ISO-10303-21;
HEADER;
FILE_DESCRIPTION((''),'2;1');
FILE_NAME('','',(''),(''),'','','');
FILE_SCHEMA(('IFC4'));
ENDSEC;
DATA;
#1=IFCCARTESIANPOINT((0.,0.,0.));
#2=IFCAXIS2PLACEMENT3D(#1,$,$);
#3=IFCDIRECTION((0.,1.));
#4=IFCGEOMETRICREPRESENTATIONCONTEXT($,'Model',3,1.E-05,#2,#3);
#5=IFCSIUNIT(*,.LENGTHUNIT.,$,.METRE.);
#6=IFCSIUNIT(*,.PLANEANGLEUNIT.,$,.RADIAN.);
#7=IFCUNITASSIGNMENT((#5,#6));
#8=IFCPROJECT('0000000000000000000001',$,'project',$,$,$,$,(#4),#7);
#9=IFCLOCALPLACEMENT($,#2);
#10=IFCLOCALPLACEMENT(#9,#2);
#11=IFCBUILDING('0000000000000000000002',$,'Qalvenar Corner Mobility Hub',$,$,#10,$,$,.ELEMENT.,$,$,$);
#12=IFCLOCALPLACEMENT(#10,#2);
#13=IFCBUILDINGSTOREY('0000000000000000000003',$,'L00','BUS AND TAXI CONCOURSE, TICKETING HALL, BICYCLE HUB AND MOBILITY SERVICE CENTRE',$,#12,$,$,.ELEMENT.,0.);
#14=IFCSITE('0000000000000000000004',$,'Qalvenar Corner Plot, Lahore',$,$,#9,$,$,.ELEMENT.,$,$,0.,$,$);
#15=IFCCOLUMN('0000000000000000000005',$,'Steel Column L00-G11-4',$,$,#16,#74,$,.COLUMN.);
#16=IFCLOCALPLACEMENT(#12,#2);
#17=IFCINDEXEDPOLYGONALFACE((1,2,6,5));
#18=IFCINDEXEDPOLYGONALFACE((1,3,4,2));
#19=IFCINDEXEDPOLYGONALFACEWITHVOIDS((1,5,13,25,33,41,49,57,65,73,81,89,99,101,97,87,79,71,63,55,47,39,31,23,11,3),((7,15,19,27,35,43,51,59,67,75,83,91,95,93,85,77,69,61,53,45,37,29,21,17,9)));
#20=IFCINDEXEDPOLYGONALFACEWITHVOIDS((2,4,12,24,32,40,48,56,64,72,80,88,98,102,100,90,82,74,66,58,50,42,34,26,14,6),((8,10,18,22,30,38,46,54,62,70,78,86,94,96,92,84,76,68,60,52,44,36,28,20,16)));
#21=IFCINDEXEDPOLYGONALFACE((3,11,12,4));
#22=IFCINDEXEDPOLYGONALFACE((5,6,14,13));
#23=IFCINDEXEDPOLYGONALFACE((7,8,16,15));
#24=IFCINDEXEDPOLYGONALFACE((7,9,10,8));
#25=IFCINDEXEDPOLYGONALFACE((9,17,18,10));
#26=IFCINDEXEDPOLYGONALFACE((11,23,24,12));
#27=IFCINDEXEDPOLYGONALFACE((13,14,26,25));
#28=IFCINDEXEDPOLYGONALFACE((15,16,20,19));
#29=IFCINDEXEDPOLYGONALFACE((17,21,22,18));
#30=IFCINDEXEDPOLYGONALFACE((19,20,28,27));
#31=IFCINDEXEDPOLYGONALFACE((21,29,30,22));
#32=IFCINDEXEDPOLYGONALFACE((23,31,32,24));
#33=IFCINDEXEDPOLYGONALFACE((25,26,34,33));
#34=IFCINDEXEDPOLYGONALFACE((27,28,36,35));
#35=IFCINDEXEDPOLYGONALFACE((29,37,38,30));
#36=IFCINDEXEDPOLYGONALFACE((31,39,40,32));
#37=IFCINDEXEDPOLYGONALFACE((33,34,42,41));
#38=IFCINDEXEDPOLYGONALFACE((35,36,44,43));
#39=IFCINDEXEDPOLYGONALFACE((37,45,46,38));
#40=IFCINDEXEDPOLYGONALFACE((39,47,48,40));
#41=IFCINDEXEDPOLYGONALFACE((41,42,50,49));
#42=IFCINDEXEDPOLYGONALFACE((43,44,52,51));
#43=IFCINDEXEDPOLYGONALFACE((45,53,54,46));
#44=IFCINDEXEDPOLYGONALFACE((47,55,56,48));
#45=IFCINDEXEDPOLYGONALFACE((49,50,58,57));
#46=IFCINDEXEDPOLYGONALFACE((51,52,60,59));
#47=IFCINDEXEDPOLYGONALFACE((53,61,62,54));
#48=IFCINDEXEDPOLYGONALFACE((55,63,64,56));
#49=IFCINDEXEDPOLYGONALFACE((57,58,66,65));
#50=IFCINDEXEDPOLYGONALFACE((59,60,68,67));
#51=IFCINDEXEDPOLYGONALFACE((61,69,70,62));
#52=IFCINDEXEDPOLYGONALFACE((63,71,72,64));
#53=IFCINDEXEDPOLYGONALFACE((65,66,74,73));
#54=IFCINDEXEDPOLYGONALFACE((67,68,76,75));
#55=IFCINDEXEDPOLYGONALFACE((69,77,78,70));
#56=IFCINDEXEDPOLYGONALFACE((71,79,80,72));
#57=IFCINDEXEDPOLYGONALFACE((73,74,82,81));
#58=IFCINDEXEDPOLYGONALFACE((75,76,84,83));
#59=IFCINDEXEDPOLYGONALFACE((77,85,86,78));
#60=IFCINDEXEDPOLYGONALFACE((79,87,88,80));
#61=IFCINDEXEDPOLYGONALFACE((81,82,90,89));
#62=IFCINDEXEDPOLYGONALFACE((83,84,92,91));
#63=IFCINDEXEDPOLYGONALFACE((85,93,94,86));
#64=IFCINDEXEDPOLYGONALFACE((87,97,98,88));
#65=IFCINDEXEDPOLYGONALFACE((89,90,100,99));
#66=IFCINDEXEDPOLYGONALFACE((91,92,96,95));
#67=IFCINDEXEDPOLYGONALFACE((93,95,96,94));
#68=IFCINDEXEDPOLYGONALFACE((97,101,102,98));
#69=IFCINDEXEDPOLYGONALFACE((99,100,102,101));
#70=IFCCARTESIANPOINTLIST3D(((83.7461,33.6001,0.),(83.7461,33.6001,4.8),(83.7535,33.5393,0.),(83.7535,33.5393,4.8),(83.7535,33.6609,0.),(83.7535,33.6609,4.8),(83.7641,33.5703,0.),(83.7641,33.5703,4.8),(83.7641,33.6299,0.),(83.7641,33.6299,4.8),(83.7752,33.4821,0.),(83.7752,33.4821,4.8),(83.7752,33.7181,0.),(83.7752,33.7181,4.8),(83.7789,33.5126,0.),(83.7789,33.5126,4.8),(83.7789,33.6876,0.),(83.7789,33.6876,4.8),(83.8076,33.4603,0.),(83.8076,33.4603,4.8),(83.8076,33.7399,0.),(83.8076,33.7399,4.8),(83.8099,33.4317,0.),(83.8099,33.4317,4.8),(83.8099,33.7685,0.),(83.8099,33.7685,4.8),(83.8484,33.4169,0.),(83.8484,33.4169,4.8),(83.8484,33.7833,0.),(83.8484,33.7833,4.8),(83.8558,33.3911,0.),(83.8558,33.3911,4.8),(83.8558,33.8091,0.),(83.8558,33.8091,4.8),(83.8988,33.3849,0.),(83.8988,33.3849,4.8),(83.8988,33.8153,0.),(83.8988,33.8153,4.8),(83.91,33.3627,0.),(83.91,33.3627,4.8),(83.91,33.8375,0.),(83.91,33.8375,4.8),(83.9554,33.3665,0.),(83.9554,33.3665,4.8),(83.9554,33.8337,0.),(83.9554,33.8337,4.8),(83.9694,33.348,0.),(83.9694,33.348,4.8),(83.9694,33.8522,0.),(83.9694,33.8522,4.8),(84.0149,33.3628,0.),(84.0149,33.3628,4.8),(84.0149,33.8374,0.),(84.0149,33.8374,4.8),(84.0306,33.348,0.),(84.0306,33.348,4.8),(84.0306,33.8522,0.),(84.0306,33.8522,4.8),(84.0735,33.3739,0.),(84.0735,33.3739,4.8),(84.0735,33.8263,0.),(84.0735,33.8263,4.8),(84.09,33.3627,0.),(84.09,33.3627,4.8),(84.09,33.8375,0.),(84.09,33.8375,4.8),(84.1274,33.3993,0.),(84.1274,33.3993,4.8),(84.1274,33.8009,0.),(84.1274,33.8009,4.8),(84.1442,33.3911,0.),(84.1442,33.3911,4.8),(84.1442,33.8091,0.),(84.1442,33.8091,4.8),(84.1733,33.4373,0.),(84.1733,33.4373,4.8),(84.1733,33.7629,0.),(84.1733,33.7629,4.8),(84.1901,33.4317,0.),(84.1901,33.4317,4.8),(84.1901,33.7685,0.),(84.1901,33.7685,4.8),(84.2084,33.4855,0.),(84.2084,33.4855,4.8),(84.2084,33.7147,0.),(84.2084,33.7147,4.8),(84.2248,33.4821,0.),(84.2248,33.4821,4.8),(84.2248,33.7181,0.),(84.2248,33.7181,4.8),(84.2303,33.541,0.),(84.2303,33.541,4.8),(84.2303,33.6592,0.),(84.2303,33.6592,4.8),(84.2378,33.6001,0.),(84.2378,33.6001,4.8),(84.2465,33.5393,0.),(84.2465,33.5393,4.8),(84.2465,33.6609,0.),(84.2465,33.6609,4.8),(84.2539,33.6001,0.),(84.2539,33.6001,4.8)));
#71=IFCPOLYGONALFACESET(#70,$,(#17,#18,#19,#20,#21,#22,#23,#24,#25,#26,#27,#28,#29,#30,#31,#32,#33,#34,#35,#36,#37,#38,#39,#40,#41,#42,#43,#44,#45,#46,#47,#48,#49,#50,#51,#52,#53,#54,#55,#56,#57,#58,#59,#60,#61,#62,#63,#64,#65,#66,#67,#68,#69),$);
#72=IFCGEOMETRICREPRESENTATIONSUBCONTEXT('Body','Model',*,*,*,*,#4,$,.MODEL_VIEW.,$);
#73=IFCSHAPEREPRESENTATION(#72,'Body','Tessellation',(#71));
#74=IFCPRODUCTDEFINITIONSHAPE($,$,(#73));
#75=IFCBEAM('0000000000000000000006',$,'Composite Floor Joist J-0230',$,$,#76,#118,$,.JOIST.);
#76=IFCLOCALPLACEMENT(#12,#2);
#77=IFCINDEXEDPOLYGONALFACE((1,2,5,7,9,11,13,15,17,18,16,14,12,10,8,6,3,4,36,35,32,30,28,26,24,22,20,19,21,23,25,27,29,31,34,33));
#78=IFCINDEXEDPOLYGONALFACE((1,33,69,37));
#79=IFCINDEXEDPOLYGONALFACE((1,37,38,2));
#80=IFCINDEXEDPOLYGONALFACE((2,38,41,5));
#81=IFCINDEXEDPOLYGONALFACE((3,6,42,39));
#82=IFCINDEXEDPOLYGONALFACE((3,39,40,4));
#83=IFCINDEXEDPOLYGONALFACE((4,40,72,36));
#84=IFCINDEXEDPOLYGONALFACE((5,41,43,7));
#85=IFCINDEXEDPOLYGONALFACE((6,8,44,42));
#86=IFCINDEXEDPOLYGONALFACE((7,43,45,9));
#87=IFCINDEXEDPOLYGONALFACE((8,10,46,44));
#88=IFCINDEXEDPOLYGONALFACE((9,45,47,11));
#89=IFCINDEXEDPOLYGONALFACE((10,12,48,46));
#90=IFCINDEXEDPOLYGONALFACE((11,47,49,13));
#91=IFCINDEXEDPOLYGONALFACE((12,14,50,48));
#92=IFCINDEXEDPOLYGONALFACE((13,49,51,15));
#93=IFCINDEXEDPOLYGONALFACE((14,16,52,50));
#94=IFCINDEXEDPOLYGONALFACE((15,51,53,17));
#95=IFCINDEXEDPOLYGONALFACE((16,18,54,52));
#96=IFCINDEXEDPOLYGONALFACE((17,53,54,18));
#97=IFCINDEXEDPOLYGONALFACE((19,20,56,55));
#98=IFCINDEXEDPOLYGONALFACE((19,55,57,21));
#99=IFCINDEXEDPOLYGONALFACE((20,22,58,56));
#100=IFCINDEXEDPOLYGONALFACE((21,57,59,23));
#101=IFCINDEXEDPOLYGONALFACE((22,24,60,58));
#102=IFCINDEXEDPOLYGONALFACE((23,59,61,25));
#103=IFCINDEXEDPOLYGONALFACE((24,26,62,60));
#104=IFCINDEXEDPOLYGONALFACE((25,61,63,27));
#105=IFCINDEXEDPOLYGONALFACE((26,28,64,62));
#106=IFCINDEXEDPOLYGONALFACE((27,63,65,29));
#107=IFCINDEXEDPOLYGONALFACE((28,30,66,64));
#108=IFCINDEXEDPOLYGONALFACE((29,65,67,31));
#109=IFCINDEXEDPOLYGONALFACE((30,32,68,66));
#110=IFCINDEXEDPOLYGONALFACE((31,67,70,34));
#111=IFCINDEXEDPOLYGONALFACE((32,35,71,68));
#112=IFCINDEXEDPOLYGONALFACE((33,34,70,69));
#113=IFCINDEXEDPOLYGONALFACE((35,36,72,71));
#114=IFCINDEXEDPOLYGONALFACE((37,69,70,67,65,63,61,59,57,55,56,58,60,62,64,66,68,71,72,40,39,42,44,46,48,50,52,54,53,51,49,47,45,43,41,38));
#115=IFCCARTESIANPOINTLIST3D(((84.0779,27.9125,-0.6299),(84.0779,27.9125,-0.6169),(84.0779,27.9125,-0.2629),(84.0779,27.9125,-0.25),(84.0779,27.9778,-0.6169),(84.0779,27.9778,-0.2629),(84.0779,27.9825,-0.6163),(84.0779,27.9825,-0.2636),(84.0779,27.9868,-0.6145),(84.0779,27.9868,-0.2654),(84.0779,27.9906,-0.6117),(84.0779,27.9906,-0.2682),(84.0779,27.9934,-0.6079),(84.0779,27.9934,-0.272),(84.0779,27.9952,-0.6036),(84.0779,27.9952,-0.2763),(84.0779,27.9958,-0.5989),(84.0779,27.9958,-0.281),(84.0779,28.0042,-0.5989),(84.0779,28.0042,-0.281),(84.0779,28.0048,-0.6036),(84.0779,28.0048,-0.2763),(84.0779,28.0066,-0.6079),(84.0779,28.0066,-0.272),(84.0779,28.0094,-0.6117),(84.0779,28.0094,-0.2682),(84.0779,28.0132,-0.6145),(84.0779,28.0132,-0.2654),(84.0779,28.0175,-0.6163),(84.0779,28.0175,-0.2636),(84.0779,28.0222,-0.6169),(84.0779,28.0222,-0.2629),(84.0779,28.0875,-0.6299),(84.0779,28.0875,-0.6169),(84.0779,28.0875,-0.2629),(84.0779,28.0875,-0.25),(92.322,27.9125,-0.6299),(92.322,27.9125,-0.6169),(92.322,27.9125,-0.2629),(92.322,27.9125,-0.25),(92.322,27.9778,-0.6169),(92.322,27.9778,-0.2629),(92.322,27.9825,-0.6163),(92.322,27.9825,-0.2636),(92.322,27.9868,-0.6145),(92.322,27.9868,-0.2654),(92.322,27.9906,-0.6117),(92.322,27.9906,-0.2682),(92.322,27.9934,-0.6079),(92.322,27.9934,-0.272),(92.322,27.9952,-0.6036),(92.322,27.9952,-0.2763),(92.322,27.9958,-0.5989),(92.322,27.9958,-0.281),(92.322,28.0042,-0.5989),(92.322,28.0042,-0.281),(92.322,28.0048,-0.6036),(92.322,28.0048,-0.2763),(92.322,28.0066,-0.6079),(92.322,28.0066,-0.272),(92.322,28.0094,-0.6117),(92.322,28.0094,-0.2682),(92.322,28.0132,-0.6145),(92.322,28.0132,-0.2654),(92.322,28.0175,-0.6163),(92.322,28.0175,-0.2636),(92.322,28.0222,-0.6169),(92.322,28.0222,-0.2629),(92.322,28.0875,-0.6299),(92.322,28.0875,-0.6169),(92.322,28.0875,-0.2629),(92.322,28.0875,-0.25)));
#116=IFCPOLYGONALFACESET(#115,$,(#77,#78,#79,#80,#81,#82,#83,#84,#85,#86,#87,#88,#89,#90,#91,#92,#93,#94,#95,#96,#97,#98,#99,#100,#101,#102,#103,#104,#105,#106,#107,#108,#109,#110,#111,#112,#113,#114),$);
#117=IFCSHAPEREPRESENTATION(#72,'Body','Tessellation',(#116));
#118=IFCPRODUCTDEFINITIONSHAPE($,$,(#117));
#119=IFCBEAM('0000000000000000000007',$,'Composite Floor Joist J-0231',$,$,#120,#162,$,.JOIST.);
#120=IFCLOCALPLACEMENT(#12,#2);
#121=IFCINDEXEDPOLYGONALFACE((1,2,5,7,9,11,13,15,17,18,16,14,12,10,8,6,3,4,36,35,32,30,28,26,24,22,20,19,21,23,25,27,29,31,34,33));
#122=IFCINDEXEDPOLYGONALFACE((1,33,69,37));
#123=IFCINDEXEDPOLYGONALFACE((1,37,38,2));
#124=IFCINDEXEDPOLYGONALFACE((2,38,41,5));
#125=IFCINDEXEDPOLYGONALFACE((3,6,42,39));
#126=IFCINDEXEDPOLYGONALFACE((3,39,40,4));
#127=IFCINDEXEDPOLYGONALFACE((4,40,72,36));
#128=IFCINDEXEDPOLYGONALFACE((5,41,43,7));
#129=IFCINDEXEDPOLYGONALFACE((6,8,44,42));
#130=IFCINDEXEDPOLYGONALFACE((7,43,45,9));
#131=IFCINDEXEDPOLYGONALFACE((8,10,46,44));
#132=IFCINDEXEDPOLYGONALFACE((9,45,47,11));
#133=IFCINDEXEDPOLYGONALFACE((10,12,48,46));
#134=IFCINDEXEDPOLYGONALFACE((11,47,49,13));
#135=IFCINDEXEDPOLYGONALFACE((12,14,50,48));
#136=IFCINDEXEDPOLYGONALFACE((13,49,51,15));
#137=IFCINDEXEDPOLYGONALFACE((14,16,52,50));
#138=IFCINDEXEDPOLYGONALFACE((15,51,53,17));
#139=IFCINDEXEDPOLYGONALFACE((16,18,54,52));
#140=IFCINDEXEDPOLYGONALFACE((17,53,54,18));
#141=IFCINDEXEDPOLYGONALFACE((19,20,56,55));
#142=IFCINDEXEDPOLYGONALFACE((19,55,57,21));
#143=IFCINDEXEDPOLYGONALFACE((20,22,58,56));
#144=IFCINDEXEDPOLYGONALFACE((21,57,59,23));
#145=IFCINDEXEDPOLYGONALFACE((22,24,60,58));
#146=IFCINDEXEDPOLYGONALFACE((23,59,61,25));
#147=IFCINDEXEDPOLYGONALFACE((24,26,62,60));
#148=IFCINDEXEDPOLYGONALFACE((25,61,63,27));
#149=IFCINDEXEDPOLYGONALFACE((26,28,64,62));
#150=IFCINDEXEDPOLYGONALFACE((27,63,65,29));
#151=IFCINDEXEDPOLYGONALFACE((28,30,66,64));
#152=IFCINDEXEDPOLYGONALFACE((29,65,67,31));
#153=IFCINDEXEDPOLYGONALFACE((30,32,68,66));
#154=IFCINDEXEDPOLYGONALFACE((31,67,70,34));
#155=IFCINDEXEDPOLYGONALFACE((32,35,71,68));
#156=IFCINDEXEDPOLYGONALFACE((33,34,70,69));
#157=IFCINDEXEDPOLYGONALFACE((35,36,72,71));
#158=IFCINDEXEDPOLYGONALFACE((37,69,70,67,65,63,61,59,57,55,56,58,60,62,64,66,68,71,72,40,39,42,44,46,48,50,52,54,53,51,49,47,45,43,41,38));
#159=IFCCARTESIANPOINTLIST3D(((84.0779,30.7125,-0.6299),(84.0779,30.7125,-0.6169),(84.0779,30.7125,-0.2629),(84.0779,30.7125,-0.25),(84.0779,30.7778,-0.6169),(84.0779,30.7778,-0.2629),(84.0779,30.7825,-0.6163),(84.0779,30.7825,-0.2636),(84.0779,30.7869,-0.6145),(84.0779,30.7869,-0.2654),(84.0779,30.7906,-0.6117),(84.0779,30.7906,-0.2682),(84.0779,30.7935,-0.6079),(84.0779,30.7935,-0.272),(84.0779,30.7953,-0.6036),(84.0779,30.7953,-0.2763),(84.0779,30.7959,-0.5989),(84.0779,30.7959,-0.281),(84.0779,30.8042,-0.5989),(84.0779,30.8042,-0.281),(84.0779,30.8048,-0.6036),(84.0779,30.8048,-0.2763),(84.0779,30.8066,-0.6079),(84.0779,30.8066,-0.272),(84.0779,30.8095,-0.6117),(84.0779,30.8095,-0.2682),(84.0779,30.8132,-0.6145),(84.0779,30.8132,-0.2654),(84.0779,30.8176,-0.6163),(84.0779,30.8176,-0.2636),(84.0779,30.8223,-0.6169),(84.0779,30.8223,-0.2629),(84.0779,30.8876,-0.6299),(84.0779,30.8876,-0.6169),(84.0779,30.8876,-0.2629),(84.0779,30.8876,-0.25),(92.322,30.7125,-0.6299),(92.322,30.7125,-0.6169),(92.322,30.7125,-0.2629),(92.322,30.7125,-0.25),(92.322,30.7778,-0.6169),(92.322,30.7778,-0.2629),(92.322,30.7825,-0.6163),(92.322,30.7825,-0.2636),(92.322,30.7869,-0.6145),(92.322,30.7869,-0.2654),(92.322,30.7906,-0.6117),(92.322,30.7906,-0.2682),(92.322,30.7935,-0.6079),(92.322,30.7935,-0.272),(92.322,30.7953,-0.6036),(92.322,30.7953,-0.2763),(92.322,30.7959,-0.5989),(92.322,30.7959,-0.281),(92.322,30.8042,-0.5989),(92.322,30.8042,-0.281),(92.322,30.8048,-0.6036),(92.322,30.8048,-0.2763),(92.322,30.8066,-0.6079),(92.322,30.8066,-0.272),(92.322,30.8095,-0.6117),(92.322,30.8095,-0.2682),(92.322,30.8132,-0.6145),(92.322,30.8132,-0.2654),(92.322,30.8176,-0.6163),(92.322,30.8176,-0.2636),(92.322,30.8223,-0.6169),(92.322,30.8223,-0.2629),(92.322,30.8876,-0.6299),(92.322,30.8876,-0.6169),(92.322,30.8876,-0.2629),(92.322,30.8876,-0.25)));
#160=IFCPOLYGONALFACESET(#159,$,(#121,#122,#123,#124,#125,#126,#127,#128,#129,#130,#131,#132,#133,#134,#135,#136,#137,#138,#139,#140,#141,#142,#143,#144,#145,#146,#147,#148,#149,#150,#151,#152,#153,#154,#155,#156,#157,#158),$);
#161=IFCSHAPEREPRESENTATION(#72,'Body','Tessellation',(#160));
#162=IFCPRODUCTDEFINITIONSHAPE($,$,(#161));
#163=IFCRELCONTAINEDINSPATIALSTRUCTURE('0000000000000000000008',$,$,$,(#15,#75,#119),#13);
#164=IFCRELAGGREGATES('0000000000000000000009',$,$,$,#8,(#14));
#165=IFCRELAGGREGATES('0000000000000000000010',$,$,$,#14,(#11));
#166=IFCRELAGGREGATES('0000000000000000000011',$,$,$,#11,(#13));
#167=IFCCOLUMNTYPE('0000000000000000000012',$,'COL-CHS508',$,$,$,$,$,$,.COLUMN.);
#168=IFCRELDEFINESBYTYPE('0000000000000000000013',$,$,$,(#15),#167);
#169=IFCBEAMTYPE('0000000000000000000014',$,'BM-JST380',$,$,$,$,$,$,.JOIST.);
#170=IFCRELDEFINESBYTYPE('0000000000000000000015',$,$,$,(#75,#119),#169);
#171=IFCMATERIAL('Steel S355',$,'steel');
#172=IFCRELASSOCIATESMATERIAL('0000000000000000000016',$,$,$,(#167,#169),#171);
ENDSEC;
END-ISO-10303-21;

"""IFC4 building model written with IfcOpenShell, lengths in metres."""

from ifc_helpers import new_model, si_unit, direction, frame, origin, origin_2d, place, context, subcontext, project, spatial, hollow_circle, i_section, extrude, material, material_profile, profile_set, type_object, element, save


model = new_model("IFC4")

# Units and contexts
model_context = context("Model", 3, precision=1e-05, world=origin(), true_north=direction((0.0, 1.0)))
body_context = subcontext(model_context, "Body", "Model", "MODEL_VIEW")
ifc_project = project(units=[si_unit("LENGTHUNIT", "METRE"), si_unit("PLANEANGLEUNIT", "RADIAN")], contexts=[model_context])

# Site, building, storey
site_placement = place(None, origin())
site = spatial("IfcSite", under=ifc_project, at=site_placement, Name="Qalvenar Corner Plot, Lahore", CompositionType="ELEMENT", RefElevation=0.0)
building_placement = place(site_placement, origin())
building = spatial("IfcBuilding", under=site, at=building_placement, Name="Qalvenar Corner Mobility Hub", CompositionType="ELEMENT")
storey_placement = place(building_placement, origin())
storey = spatial("IfcBuildingStorey", under=building, at=storey_placement, Name="L00", Description="BUS AND TAXI CONCOURSE, TICKETING HALL, BICYCLE HUB AND MOBILITY SERVICE CENTRE", CompositionType="ELEMENT", Elevation=0.0)

# Column
ifc_material_1 = material(Name="Steel S355", Category="steel")
ifc_material_profile_1 = material_profile(ifc_material_1, hollow_circle(Radius=0.2539, WallThickness=0.0161, at=origin_2d()), Name="CHS508x16")
ifc_profile_set_1 = profile_set([ifc_material_profile_1], Name="Steel S355")
column_type = type_object("IfcColumnType", Name="COL-CHS508", PredefinedType="COLUMN", material=ifc_profile_set_1)
column_placement = place(storey_placement, frame((84.0, 33.6001, 0.0), z_axis=(0.0, 0.0, 1.0), x_axis=(1.0, 0.0, 0.0)))
element("IfcColumn", 1, at=column_placement, inside=storey, type_object=column_type, Name="Steel Column L00-G11-4", PredefinedType="COLUMN", context=body_context, shape_type="SweptSolid", body=[
    extrude(hollow_circle(Radius=0.2539, WallThickness=0.0161, at=origin_2d()), origin(), (0.0, 0.0, 1.0), 4.8),
])

# Beams
ifc_material_profile_2 = material_profile(ifc_material_1, i_section(OverallWidth=0.175, OverallDepth=0.3799, WebThickness=0.0083, FlangeThickness=0.0129, FilletRadius=0.0181, at=origin_2d()), Name="IPE380-EQ")
ifc_profile_set_2 = profile_set([ifc_material_profile_2], Name="Steel S355")
beam_type_1 = type_object("IfcBeamType", Name="BM-JST380", PredefinedType="JOIST", material=ifc_profile_set_2)
for number, where, z_axis, x_axis, name in (
    (2, (84.0779, 28.0, -0.4399), (1.0, 0.0, 0.0), (0.0, 1.0, 0.0), "Composite Floor Joist J-0230"),
    (3, (84.0779, 30.8, -0.4399), (1.0, 0.0, 0.0), (0.0, 1.0, 0.0), "Composite Floor Joist J-0231"),
):
    element("IfcBeam", number, at=place(storey_placement, frame(where, z_axis=z_axis, x_axis=x_axis)), inside=storey, type_object=beam_type_1, Name=name, PredefinedType="JOIST", context=body_context, shape_type="SweptSolid", body=[
        extrude(i_section(OverallWidth=0.175, OverallDepth=0.3799, WebThickness=0.0083, FlangeThickness=0.0129, FilletRadius=0.0181, at=origin_2d()), origin(), (0.0, 0.0, 1.0), 8.2441),
    ])

save(model, "model.ifc")
